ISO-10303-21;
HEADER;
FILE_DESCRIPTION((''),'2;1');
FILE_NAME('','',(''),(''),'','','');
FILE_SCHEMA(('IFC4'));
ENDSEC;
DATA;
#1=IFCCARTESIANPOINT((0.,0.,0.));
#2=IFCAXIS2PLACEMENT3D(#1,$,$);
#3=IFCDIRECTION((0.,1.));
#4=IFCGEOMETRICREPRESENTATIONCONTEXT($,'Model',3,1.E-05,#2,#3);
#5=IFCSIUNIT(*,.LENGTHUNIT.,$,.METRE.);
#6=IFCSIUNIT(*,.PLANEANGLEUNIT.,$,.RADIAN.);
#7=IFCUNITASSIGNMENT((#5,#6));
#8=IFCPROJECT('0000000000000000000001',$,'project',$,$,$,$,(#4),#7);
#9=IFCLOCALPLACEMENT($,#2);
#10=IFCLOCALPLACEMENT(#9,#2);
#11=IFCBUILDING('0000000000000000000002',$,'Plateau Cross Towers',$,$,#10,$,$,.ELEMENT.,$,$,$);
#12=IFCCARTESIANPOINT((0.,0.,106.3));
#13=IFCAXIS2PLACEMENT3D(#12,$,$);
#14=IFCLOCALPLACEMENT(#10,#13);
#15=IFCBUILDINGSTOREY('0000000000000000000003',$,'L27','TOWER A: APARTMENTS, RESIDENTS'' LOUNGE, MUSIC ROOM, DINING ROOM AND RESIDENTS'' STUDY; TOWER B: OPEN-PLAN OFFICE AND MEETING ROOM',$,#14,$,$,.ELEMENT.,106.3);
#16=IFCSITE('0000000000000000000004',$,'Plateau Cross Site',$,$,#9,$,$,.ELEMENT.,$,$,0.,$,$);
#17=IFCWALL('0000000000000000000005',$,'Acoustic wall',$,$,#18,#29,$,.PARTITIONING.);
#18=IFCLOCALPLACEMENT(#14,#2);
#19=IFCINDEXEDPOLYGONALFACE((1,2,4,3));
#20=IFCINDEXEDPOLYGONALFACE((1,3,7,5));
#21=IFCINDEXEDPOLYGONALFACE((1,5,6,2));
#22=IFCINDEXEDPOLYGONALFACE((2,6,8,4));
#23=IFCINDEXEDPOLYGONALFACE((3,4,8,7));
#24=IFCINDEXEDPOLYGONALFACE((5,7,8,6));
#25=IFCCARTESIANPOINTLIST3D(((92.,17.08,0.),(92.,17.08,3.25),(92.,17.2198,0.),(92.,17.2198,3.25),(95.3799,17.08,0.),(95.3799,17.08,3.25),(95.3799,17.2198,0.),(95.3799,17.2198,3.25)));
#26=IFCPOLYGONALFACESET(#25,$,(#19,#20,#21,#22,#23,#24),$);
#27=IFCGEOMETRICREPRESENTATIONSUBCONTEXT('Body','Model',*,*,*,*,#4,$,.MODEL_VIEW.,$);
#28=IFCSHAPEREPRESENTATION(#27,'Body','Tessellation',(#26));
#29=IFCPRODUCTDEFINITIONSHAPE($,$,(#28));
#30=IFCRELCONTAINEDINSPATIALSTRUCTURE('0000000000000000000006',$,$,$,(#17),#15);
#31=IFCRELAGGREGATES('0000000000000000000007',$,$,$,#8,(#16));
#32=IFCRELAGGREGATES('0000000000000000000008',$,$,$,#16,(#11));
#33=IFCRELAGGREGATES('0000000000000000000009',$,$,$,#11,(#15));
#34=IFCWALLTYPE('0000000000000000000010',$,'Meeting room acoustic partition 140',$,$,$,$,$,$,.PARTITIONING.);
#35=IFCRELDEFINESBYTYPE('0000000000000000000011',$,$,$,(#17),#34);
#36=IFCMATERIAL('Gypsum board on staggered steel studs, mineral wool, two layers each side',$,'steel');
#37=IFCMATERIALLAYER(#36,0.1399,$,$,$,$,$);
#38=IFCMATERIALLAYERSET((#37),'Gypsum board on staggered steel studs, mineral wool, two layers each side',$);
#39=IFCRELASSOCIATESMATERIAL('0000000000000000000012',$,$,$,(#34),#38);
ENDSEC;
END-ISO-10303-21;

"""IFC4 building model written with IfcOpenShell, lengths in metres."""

from ifc_helpers import new_model, si_unit, direction, frame, frame_2d, origin, place, context, subcontext, project, spatial, rectangle, extrude, material, layer, layer_set, type_object, element, save


model = new_model("IFC4")

# Units and contexts
model_context = context("Model", 3, precision=1e-05, world=origin(), true_north=direction((0.0, 1.0)))
body_context = subcontext(model_context, "Body", "Model", "MODEL_VIEW")
ifc_project = project(units=[si_unit("LENGTHUNIT", "METRE"), si_unit("PLANEANGLEUNIT", "RADIAN")], contexts=[model_context])

# Site, building, storey
site_placement = place(None, origin())
site = spatial("IfcSite", under=ifc_project, at=site_placement, Name="Plateau Cross Site", CompositionType="ELEMENT", RefElevation=0.0)
building_placement = place(site_placement, origin())
building = spatial("IfcBuilding", under=site, at=building_placement, Name="Plateau Cross Towers", CompositionType="ELEMENT")
storey_placement = place(building_placement, frame((0.0, 0.0, 106.3)))
storey = spatial("IfcBuildingStorey", under=building, at=storey_placement, Name="L27", Description="TOWER A: APARTMENTS, RESIDENTS' LOUNGE, MUSIC ROOM, DINING ROOM AND RESIDENTS' STUDY; TOWER B: OPEN-PLAN OFFICE AND MEETING ROOM", CompositionType="ELEMENT", Elevation=106.3)

# Wall
ifc_material_1 = material(Name="Gypsum board on staggered steel studs, mineral wool, two layers each side", Category="steel")
ifc_layer_1 = layer(ifc_material_1, 0.1399)
ifc_layer_set_1 = layer_set([ifc_layer_1], Name="Gypsum board on staggered steel studs, mineral wool, two layers each side")
wall_type_1 = type_object("IfcWallType", Name="Meeting room acoustic partition 140", PredefinedType="PARTITIONING", material=ifc_layer_set_1)
wall_1_placement = place(storey_placement, frame((92.0, 17.1499, 0.0), z_axis=(0.0, 0.0, 1.0), x_axis=(1.0, 0.0, 0.0)))
element("IfcWall", 1, at=wall_1_placement, inside=storey, type_object=wall_type_1, Name="Acoustic wall", PredefinedType="PARTITIONING", context=body_context, shape_type="SweptSolid", body=[
    extrude(rectangle(XDim=3.3799, YDim=0.1399, at=frame_2d((1.6899, 0.0))), origin(), (0.0, 0.0, 1.0), 3.25),
])

save(model, "model.ifc")
